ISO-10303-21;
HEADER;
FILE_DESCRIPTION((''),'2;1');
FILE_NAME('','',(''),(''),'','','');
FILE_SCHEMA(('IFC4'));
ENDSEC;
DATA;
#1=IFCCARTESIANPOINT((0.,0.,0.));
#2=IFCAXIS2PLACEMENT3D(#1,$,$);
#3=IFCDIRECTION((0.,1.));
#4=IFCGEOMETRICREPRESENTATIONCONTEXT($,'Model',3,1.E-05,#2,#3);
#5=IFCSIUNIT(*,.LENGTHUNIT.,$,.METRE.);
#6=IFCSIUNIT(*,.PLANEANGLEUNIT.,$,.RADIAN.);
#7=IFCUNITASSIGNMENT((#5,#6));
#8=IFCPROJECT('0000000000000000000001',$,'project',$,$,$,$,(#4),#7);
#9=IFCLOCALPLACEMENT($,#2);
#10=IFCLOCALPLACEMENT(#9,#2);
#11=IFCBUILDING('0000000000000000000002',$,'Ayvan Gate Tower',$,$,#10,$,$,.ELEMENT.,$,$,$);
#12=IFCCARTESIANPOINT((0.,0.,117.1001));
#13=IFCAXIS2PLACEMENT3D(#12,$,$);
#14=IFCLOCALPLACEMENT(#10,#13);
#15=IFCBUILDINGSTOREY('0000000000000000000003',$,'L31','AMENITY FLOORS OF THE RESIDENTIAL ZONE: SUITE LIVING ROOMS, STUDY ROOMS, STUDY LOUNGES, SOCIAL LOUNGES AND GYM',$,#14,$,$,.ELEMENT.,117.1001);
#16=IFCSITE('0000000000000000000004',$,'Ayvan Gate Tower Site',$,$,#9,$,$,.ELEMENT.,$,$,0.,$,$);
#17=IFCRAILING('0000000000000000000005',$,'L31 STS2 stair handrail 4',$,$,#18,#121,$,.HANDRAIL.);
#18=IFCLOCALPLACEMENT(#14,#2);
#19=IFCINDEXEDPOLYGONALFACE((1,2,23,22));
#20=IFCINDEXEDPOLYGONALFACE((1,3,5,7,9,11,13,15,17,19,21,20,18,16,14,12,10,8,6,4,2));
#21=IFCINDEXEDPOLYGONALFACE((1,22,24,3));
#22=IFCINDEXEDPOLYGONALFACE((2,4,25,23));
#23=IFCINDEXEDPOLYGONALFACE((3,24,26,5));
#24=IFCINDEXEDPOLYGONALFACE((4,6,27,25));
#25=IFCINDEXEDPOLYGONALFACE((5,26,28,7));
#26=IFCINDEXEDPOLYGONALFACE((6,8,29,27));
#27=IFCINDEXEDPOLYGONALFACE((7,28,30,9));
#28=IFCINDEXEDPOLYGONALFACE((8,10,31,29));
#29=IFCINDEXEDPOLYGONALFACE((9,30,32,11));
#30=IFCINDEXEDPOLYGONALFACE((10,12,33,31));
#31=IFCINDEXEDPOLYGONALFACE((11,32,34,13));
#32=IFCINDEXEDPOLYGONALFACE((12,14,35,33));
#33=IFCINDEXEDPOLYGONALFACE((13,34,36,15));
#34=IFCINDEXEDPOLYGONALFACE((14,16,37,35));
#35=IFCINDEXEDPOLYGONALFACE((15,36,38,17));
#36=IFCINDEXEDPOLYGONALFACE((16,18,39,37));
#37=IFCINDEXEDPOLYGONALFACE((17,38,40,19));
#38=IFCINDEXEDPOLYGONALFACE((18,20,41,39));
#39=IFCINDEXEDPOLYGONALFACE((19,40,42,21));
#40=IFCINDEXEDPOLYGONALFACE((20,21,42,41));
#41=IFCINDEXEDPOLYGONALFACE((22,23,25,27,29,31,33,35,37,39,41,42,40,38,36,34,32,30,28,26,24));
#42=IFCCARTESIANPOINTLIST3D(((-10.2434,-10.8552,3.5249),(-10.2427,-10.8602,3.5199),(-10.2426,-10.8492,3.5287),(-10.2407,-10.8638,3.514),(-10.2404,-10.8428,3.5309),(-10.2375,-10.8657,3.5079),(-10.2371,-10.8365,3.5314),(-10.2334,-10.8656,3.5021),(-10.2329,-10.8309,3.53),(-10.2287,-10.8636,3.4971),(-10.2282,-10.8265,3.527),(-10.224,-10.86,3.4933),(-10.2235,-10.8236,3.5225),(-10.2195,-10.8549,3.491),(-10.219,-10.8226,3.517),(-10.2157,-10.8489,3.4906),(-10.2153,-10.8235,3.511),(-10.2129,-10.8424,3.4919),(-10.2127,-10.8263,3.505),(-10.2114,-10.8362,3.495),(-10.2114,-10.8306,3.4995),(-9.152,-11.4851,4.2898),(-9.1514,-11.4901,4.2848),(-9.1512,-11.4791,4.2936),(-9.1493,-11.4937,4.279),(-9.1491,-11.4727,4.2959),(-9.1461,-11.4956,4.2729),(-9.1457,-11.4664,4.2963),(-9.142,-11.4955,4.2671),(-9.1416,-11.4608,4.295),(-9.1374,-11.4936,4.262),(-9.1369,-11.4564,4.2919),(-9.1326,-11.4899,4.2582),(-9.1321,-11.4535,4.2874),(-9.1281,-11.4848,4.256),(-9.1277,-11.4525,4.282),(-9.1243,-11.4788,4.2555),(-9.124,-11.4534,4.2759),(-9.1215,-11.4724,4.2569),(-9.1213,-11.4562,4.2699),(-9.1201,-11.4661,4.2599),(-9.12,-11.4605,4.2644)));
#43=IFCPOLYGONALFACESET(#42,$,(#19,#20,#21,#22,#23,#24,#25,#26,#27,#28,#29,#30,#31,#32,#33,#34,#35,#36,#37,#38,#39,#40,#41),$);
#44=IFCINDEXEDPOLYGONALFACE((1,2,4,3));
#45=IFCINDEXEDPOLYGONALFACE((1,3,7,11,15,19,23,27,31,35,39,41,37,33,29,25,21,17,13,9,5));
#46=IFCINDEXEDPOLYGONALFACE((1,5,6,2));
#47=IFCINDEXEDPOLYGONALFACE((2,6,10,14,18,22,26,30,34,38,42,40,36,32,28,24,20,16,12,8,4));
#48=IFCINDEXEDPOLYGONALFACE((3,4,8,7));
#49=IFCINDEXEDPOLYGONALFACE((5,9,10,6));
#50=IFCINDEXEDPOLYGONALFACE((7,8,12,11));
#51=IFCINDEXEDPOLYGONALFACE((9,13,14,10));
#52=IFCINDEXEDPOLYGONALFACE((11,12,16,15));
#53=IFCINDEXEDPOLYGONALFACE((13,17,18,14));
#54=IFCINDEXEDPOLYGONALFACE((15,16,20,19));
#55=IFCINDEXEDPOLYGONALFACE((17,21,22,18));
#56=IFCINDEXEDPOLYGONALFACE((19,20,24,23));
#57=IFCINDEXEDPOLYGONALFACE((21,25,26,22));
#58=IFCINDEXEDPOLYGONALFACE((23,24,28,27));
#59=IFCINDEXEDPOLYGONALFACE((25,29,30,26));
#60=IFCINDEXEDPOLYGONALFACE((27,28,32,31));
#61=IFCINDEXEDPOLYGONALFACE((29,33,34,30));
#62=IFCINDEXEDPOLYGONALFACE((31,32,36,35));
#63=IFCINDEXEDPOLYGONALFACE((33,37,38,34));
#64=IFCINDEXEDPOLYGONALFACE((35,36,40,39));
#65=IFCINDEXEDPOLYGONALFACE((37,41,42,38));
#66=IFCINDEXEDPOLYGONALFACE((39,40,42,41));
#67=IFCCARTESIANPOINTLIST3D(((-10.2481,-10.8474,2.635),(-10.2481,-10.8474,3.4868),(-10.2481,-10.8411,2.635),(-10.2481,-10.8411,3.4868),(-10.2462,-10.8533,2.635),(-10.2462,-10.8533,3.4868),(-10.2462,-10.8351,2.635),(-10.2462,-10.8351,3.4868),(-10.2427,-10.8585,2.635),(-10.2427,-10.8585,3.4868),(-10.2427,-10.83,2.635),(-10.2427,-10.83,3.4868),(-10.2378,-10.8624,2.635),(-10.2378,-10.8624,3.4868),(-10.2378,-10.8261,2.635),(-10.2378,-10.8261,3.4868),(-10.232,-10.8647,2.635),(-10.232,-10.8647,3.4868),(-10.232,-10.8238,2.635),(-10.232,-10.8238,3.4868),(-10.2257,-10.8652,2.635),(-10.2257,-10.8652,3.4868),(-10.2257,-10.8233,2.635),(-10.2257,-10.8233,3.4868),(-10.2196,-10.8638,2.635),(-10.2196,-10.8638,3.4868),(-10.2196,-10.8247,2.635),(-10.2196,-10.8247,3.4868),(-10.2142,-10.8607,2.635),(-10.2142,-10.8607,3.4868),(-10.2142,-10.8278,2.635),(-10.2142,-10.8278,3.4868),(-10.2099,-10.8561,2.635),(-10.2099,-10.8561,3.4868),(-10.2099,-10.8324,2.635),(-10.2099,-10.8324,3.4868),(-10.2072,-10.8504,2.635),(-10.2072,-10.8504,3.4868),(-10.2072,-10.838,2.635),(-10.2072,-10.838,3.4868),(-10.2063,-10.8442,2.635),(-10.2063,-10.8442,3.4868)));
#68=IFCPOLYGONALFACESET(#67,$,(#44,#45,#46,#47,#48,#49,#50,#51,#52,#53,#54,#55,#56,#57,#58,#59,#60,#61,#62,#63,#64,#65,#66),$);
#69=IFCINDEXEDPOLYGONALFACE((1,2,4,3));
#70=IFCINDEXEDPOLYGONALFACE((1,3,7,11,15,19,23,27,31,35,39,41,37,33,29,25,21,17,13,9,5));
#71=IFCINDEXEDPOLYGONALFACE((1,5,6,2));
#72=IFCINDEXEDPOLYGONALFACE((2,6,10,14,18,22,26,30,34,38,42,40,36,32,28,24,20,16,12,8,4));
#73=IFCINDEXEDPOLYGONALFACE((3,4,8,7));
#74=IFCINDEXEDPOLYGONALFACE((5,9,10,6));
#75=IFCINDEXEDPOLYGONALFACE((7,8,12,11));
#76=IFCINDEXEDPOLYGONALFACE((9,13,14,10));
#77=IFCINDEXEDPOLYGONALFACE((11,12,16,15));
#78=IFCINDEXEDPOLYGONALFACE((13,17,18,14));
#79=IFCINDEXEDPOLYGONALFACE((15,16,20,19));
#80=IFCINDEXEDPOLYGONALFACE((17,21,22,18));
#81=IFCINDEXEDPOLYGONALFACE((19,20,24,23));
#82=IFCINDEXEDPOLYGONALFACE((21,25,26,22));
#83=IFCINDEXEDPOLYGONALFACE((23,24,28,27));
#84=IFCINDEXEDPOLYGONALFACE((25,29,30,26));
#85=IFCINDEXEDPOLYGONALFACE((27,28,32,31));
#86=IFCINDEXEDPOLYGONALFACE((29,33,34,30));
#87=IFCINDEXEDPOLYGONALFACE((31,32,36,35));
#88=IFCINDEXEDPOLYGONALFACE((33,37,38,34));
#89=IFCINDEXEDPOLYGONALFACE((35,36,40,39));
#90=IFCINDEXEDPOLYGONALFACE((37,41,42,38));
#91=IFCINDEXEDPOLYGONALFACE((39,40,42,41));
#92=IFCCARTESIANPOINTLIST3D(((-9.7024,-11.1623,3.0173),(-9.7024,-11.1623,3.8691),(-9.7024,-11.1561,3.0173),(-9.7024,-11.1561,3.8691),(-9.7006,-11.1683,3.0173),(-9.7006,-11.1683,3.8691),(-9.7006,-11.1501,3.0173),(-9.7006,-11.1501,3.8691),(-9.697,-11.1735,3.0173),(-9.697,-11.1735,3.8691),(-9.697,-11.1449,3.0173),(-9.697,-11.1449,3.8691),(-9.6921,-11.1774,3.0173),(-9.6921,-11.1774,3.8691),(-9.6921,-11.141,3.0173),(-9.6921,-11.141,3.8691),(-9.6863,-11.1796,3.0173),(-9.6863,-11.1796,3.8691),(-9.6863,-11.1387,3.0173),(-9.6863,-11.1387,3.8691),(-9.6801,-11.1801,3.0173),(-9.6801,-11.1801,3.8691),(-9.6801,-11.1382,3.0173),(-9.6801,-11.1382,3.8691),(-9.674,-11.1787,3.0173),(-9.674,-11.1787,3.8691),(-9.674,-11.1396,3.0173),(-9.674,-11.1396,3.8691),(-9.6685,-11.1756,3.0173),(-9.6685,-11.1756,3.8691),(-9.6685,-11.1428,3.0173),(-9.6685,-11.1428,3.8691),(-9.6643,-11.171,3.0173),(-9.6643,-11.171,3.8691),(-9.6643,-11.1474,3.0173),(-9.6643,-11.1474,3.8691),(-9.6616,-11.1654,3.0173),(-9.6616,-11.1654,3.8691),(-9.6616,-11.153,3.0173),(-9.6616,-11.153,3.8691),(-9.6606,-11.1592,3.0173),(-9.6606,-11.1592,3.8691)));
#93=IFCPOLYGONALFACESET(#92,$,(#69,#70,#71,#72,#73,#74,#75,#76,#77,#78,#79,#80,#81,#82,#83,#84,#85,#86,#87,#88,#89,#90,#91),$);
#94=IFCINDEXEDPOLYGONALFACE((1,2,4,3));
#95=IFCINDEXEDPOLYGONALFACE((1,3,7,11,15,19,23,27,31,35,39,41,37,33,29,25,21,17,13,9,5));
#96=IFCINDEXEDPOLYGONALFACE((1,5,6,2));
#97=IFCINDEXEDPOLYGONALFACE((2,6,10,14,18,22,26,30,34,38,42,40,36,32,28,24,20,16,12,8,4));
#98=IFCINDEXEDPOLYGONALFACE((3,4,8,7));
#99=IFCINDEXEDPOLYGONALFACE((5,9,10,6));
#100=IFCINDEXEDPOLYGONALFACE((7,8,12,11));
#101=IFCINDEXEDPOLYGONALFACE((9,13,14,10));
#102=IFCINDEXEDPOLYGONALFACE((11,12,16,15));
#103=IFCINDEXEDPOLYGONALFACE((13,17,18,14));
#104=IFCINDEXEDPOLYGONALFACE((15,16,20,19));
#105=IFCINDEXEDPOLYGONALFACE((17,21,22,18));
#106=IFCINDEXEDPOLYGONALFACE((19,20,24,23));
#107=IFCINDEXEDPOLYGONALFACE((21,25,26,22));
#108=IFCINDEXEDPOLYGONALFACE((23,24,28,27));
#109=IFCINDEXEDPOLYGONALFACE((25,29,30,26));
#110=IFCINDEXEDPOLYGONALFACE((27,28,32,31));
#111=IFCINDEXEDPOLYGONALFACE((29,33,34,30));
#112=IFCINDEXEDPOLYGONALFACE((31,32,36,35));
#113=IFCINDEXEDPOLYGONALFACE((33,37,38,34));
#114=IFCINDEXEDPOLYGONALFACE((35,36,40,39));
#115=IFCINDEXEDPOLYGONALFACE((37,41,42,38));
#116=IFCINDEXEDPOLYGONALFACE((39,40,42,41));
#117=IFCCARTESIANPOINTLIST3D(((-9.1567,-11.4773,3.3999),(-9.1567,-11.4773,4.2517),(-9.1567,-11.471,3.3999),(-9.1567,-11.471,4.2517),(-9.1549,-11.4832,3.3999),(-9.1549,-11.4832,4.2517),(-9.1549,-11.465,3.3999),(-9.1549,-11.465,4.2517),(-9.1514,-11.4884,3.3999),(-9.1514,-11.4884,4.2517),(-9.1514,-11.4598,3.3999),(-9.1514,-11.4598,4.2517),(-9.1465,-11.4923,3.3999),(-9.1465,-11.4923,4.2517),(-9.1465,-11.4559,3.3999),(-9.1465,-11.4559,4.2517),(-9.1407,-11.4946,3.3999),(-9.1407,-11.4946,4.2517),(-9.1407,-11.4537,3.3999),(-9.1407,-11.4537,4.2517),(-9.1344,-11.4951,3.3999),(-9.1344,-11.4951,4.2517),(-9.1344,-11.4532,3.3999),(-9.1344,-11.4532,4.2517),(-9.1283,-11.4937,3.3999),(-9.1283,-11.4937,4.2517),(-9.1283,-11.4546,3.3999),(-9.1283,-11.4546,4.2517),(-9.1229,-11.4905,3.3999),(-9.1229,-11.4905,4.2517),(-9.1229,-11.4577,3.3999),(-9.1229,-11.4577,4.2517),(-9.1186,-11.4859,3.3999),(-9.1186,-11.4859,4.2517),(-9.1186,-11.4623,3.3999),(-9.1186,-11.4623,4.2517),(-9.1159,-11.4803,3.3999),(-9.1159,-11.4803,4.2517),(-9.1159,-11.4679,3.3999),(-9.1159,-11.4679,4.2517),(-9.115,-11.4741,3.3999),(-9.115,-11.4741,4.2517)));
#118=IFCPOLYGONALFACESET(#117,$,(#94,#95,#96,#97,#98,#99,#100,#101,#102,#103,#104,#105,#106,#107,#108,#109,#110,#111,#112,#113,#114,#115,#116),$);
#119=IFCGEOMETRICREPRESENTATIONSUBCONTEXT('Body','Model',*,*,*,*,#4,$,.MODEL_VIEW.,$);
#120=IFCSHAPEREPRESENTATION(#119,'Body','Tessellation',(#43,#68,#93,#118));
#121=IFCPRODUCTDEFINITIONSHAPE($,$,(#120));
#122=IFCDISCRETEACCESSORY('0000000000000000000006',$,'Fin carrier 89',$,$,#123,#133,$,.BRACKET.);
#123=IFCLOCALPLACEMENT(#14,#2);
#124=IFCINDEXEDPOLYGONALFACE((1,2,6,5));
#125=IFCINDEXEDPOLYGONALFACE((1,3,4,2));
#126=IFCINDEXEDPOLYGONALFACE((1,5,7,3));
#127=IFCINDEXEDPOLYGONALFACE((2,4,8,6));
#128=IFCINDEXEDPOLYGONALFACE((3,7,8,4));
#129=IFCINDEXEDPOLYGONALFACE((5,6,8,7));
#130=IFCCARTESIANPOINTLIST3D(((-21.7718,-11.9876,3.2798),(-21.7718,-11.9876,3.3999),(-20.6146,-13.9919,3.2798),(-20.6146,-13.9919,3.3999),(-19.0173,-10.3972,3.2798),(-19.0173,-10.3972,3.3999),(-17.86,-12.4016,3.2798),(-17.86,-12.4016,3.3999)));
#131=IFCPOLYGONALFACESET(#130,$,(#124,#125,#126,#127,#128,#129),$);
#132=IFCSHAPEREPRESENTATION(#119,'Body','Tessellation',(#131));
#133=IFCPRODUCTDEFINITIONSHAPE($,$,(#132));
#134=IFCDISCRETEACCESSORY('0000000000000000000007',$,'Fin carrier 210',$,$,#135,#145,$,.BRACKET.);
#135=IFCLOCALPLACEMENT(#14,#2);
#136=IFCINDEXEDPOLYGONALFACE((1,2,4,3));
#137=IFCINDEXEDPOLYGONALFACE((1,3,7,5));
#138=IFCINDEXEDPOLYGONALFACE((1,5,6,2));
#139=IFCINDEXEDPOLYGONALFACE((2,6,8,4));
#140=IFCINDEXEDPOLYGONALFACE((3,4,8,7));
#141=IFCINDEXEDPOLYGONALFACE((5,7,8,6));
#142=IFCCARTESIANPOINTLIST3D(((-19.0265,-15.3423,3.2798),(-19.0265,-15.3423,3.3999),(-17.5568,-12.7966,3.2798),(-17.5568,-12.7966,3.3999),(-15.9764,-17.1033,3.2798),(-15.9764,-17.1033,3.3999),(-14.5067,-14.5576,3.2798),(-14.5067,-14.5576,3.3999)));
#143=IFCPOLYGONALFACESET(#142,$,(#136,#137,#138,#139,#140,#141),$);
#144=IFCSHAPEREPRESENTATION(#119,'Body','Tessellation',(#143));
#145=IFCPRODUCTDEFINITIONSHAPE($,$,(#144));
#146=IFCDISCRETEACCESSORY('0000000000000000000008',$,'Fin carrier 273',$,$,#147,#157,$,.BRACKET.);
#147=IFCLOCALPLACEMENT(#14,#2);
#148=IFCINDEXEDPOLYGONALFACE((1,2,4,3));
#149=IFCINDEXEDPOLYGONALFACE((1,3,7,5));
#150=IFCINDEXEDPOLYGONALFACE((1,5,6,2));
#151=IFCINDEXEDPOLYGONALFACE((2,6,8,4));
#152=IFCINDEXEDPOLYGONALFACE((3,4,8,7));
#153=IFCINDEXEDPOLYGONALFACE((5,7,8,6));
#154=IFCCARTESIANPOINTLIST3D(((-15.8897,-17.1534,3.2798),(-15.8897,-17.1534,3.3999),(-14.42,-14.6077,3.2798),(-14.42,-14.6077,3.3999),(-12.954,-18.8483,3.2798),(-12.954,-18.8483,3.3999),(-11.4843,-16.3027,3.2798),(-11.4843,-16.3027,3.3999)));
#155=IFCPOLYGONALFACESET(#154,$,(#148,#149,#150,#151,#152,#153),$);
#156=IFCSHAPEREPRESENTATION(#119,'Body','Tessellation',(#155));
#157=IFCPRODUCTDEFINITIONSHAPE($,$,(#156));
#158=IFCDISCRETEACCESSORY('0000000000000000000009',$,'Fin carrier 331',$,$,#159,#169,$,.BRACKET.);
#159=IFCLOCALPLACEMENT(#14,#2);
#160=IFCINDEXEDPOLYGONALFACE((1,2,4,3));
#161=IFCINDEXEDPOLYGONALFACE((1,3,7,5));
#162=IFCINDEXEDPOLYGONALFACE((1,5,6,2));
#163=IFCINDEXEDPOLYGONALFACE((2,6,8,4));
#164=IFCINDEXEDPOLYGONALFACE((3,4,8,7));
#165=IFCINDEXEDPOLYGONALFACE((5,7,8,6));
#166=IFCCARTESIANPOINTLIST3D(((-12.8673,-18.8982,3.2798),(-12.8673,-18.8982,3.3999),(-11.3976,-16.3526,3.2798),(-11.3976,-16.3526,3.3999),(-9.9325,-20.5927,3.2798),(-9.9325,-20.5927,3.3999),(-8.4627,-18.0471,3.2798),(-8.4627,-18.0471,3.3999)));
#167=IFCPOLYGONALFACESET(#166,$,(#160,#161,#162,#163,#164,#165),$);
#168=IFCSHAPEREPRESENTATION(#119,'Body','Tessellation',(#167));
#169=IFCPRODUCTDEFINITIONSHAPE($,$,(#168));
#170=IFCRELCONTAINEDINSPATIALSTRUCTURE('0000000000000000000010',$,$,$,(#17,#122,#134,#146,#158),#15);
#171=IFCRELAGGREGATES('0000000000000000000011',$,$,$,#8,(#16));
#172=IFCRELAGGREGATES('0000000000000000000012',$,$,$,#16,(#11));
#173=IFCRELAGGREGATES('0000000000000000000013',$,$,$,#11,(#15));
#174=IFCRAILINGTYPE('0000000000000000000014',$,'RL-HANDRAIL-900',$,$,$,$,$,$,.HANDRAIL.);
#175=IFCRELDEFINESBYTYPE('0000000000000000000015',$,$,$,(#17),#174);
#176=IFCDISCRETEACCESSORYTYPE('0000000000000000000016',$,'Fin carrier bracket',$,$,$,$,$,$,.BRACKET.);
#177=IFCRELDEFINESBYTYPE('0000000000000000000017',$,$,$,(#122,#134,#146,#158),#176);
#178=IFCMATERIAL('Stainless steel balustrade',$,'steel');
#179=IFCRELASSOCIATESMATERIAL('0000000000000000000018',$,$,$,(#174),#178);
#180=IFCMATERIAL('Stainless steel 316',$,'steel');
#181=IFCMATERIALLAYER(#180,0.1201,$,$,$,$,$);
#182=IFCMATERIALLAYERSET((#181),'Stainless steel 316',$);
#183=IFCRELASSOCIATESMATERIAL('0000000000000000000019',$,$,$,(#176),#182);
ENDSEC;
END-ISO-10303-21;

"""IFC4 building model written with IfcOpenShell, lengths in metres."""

from ifc_helpers import new_model, si_unit, direction, frame, origin, origin_2d, place, context, subcontext, project, spatial, rectangle, circle, extrude, material, layer, layer_set, type_object, element, save


model = new_model("IFC4")

# Units and contexts
model_context = context("Model", 3, precision=1e-05, world=origin(), true_north=direction((0.0, 1.0)))
body_context = subcontext(model_context, "Body", "Model", "MODEL_VIEW")
ifc_project = project(units=[si_unit("LENGTHUNIT", "METRE"), si_unit("PLANEANGLEUNIT", "RADIAN")], contexts=[model_context])

# Site, building, storey
site_placement = place(None, origin())
site = spatial("IfcSite", under=ifc_project, at=site_placement, Name="Ayvan Gate Tower Site", CompositionType="ELEMENT", RefElevation=0.0)
building_placement = place(site_placement, origin())
building = spatial("IfcBuilding", under=site, at=building_placement, Name="Ayvan Gate Tower", CompositionType="ELEMENT")
storey_placement = place(building_placement, frame((0.0, 0.0, 117.1001)))
storey = spatial("IfcBuildingStorey", under=building, at=storey_placement, Name="L31", Description="AMENITY FLOORS OF THE RESIDENTIAL ZONE: SUITE LIVING ROOMS, STUDY ROOMS, STUDY LOUNGES, SOCIAL LOUNGES AND GYM", CompositionType="ELEMENT", Elevation=117.1001)

# Railing
ifc_material_1 = material(Name="Stainless steel balustrade", Category="steel")
railing_type = type_object("IfcRailingType", Name="RL-HANDRAIL-900", PredefinedType="HANDRAIL", material=ifc_material_1)
railing_placement = place(storey_placement, frame((-10.2273, -10.8442, 2.635)))
element("IfcRailing", 1, at=railing_placement, inside=storey, type_object=railing_type, Name="L31 STS2 stair handrail 4", PredefinedType="HANDRAIL", context=body_context, shape_type="SweptSolid", body=[
    extrude(circle(Radius=0.0239, at=origin_2d()), frame((0.0, 0.0, 0.876), z_axis=(0.740357, -0.42732, 0.518912), x_axis=(0.49989, 0.866089, 0.0)), (0.0, 0.0, 1.0), 1.4741),
    extrude(circle(Radius=0.021, at=origin_2d()), origin(), (0.0, 0.0, 1.0), 0.8518),
    extrude(circle(Radius=0.021, at=origin_2d()), frame((0.5457, -0.3149, 0.3823)), (0.0, 0.0, 1.0), 0.8518),
    extrude(circle(Radius=0.021, at=origin_2d()), frame((1.0913, -0.6299, 0.7649)), (0.0, 0.0, 1.0), 0.8518),
])

# Discrete accessories
ifc_material_2 = material(Name="Stainless steel 316", Category="steel")
ifc_layer_1 = layer(ifc_material_2, 0.1201)
ifc_layer_set_1 = layer_set([ifc_layer_1], Name="Stainless steel 316")
discrete_accessory_type = type_object("IfcDiscreteAccessoryType", Name="Fin carrier bracket", PredefinedType="BRACKET", material=ifc_layer_set_1)
discrete_accessory_1_placement = place(storey_placement, frame((-19.8159, -12.1946, 3.2798), z_axis=(0.0, 0.0, 1.0), x_axis=(0.5, -0.866025, 0.0)))
element("IfcDiscreteAccessory", 2, at=discrete_accessory_1_placement, inside=storey, type_object=discrete_accessory_type, Name="Fin carrier 89", PredefinedType="BRACKET", context=body_context, shape_type="SweptSolid", body=[
    extrude(rectangle(XDim=2.3145, YDim=3.1807, at=origin_2d()), origin(), (0.0, 0.0, 1.0), 0.1201),
])
discrete_accessory_2_placement = place(storey_placement, frame((-16.7666, -14.95, 3.2798), z_axis=(0.0, 0.0, 1.0), x_axis=(0.866025, -0.5, 0.0)))
element("IfcDiscreteAccessory", 3, at=discrete_accessory_2_placement, inside=storey, type_object=discrete_accessory_type, Name="Fin carrier 210", PredefinedType="BRACKET", context=body_context, shape_type="SweptSolid", body=[
    extrude(rectangle(XDim=3.522, YDim=2.9395, at=origin_2d()), origin(), (0.0, 0.0, 1.0), 0.1201),
])
discrete_accessory_3_placement = place(storey_placement, frame((-13.687, -16.728, 3.2798), z_axis=(0.0, 0.0, 1.0), x_axis=(0.866025, -0.5, 0.0)))
element("IfcDiscreteAccessory", 4, at=discrete_accessory_3_placement, inside=storey, type_object=discrete_accessory_type, Name="Fin carrier 273", PredefinedType="BRACKET", context=body_context, shape_type="SweptSolid", body=[
    extrude(rectangle(XDim=3.3899, YDim=2.9395, at=origin_2d()), origin(), (0.0, 0.0, 1.0), 0.1201),
])
discrete_accessory_4_placement = place(storey_placement, frame((-10.665, -18.4727, 3.2798), z_axis=(0.0, 0.0, 1.0), x_axis=(0.866025, -0.5, 0.0)))
element("IfcDiscreteAccessory", 5, at=discrete_accessory_4_placement, inside=storey, type_object=discrete_accessory_type, Name="Fin carrier 331", PredefinedType="BRACKET", context=body_context, shape_type="SweptSolid", body=[
    extrude(rectangle(XDim=3.3889, YDim=2.9395, at=origin_2d()), origin(), (0.0, 0.0, 1.0), 0.1201),
])

save(model, "model.ifc")
